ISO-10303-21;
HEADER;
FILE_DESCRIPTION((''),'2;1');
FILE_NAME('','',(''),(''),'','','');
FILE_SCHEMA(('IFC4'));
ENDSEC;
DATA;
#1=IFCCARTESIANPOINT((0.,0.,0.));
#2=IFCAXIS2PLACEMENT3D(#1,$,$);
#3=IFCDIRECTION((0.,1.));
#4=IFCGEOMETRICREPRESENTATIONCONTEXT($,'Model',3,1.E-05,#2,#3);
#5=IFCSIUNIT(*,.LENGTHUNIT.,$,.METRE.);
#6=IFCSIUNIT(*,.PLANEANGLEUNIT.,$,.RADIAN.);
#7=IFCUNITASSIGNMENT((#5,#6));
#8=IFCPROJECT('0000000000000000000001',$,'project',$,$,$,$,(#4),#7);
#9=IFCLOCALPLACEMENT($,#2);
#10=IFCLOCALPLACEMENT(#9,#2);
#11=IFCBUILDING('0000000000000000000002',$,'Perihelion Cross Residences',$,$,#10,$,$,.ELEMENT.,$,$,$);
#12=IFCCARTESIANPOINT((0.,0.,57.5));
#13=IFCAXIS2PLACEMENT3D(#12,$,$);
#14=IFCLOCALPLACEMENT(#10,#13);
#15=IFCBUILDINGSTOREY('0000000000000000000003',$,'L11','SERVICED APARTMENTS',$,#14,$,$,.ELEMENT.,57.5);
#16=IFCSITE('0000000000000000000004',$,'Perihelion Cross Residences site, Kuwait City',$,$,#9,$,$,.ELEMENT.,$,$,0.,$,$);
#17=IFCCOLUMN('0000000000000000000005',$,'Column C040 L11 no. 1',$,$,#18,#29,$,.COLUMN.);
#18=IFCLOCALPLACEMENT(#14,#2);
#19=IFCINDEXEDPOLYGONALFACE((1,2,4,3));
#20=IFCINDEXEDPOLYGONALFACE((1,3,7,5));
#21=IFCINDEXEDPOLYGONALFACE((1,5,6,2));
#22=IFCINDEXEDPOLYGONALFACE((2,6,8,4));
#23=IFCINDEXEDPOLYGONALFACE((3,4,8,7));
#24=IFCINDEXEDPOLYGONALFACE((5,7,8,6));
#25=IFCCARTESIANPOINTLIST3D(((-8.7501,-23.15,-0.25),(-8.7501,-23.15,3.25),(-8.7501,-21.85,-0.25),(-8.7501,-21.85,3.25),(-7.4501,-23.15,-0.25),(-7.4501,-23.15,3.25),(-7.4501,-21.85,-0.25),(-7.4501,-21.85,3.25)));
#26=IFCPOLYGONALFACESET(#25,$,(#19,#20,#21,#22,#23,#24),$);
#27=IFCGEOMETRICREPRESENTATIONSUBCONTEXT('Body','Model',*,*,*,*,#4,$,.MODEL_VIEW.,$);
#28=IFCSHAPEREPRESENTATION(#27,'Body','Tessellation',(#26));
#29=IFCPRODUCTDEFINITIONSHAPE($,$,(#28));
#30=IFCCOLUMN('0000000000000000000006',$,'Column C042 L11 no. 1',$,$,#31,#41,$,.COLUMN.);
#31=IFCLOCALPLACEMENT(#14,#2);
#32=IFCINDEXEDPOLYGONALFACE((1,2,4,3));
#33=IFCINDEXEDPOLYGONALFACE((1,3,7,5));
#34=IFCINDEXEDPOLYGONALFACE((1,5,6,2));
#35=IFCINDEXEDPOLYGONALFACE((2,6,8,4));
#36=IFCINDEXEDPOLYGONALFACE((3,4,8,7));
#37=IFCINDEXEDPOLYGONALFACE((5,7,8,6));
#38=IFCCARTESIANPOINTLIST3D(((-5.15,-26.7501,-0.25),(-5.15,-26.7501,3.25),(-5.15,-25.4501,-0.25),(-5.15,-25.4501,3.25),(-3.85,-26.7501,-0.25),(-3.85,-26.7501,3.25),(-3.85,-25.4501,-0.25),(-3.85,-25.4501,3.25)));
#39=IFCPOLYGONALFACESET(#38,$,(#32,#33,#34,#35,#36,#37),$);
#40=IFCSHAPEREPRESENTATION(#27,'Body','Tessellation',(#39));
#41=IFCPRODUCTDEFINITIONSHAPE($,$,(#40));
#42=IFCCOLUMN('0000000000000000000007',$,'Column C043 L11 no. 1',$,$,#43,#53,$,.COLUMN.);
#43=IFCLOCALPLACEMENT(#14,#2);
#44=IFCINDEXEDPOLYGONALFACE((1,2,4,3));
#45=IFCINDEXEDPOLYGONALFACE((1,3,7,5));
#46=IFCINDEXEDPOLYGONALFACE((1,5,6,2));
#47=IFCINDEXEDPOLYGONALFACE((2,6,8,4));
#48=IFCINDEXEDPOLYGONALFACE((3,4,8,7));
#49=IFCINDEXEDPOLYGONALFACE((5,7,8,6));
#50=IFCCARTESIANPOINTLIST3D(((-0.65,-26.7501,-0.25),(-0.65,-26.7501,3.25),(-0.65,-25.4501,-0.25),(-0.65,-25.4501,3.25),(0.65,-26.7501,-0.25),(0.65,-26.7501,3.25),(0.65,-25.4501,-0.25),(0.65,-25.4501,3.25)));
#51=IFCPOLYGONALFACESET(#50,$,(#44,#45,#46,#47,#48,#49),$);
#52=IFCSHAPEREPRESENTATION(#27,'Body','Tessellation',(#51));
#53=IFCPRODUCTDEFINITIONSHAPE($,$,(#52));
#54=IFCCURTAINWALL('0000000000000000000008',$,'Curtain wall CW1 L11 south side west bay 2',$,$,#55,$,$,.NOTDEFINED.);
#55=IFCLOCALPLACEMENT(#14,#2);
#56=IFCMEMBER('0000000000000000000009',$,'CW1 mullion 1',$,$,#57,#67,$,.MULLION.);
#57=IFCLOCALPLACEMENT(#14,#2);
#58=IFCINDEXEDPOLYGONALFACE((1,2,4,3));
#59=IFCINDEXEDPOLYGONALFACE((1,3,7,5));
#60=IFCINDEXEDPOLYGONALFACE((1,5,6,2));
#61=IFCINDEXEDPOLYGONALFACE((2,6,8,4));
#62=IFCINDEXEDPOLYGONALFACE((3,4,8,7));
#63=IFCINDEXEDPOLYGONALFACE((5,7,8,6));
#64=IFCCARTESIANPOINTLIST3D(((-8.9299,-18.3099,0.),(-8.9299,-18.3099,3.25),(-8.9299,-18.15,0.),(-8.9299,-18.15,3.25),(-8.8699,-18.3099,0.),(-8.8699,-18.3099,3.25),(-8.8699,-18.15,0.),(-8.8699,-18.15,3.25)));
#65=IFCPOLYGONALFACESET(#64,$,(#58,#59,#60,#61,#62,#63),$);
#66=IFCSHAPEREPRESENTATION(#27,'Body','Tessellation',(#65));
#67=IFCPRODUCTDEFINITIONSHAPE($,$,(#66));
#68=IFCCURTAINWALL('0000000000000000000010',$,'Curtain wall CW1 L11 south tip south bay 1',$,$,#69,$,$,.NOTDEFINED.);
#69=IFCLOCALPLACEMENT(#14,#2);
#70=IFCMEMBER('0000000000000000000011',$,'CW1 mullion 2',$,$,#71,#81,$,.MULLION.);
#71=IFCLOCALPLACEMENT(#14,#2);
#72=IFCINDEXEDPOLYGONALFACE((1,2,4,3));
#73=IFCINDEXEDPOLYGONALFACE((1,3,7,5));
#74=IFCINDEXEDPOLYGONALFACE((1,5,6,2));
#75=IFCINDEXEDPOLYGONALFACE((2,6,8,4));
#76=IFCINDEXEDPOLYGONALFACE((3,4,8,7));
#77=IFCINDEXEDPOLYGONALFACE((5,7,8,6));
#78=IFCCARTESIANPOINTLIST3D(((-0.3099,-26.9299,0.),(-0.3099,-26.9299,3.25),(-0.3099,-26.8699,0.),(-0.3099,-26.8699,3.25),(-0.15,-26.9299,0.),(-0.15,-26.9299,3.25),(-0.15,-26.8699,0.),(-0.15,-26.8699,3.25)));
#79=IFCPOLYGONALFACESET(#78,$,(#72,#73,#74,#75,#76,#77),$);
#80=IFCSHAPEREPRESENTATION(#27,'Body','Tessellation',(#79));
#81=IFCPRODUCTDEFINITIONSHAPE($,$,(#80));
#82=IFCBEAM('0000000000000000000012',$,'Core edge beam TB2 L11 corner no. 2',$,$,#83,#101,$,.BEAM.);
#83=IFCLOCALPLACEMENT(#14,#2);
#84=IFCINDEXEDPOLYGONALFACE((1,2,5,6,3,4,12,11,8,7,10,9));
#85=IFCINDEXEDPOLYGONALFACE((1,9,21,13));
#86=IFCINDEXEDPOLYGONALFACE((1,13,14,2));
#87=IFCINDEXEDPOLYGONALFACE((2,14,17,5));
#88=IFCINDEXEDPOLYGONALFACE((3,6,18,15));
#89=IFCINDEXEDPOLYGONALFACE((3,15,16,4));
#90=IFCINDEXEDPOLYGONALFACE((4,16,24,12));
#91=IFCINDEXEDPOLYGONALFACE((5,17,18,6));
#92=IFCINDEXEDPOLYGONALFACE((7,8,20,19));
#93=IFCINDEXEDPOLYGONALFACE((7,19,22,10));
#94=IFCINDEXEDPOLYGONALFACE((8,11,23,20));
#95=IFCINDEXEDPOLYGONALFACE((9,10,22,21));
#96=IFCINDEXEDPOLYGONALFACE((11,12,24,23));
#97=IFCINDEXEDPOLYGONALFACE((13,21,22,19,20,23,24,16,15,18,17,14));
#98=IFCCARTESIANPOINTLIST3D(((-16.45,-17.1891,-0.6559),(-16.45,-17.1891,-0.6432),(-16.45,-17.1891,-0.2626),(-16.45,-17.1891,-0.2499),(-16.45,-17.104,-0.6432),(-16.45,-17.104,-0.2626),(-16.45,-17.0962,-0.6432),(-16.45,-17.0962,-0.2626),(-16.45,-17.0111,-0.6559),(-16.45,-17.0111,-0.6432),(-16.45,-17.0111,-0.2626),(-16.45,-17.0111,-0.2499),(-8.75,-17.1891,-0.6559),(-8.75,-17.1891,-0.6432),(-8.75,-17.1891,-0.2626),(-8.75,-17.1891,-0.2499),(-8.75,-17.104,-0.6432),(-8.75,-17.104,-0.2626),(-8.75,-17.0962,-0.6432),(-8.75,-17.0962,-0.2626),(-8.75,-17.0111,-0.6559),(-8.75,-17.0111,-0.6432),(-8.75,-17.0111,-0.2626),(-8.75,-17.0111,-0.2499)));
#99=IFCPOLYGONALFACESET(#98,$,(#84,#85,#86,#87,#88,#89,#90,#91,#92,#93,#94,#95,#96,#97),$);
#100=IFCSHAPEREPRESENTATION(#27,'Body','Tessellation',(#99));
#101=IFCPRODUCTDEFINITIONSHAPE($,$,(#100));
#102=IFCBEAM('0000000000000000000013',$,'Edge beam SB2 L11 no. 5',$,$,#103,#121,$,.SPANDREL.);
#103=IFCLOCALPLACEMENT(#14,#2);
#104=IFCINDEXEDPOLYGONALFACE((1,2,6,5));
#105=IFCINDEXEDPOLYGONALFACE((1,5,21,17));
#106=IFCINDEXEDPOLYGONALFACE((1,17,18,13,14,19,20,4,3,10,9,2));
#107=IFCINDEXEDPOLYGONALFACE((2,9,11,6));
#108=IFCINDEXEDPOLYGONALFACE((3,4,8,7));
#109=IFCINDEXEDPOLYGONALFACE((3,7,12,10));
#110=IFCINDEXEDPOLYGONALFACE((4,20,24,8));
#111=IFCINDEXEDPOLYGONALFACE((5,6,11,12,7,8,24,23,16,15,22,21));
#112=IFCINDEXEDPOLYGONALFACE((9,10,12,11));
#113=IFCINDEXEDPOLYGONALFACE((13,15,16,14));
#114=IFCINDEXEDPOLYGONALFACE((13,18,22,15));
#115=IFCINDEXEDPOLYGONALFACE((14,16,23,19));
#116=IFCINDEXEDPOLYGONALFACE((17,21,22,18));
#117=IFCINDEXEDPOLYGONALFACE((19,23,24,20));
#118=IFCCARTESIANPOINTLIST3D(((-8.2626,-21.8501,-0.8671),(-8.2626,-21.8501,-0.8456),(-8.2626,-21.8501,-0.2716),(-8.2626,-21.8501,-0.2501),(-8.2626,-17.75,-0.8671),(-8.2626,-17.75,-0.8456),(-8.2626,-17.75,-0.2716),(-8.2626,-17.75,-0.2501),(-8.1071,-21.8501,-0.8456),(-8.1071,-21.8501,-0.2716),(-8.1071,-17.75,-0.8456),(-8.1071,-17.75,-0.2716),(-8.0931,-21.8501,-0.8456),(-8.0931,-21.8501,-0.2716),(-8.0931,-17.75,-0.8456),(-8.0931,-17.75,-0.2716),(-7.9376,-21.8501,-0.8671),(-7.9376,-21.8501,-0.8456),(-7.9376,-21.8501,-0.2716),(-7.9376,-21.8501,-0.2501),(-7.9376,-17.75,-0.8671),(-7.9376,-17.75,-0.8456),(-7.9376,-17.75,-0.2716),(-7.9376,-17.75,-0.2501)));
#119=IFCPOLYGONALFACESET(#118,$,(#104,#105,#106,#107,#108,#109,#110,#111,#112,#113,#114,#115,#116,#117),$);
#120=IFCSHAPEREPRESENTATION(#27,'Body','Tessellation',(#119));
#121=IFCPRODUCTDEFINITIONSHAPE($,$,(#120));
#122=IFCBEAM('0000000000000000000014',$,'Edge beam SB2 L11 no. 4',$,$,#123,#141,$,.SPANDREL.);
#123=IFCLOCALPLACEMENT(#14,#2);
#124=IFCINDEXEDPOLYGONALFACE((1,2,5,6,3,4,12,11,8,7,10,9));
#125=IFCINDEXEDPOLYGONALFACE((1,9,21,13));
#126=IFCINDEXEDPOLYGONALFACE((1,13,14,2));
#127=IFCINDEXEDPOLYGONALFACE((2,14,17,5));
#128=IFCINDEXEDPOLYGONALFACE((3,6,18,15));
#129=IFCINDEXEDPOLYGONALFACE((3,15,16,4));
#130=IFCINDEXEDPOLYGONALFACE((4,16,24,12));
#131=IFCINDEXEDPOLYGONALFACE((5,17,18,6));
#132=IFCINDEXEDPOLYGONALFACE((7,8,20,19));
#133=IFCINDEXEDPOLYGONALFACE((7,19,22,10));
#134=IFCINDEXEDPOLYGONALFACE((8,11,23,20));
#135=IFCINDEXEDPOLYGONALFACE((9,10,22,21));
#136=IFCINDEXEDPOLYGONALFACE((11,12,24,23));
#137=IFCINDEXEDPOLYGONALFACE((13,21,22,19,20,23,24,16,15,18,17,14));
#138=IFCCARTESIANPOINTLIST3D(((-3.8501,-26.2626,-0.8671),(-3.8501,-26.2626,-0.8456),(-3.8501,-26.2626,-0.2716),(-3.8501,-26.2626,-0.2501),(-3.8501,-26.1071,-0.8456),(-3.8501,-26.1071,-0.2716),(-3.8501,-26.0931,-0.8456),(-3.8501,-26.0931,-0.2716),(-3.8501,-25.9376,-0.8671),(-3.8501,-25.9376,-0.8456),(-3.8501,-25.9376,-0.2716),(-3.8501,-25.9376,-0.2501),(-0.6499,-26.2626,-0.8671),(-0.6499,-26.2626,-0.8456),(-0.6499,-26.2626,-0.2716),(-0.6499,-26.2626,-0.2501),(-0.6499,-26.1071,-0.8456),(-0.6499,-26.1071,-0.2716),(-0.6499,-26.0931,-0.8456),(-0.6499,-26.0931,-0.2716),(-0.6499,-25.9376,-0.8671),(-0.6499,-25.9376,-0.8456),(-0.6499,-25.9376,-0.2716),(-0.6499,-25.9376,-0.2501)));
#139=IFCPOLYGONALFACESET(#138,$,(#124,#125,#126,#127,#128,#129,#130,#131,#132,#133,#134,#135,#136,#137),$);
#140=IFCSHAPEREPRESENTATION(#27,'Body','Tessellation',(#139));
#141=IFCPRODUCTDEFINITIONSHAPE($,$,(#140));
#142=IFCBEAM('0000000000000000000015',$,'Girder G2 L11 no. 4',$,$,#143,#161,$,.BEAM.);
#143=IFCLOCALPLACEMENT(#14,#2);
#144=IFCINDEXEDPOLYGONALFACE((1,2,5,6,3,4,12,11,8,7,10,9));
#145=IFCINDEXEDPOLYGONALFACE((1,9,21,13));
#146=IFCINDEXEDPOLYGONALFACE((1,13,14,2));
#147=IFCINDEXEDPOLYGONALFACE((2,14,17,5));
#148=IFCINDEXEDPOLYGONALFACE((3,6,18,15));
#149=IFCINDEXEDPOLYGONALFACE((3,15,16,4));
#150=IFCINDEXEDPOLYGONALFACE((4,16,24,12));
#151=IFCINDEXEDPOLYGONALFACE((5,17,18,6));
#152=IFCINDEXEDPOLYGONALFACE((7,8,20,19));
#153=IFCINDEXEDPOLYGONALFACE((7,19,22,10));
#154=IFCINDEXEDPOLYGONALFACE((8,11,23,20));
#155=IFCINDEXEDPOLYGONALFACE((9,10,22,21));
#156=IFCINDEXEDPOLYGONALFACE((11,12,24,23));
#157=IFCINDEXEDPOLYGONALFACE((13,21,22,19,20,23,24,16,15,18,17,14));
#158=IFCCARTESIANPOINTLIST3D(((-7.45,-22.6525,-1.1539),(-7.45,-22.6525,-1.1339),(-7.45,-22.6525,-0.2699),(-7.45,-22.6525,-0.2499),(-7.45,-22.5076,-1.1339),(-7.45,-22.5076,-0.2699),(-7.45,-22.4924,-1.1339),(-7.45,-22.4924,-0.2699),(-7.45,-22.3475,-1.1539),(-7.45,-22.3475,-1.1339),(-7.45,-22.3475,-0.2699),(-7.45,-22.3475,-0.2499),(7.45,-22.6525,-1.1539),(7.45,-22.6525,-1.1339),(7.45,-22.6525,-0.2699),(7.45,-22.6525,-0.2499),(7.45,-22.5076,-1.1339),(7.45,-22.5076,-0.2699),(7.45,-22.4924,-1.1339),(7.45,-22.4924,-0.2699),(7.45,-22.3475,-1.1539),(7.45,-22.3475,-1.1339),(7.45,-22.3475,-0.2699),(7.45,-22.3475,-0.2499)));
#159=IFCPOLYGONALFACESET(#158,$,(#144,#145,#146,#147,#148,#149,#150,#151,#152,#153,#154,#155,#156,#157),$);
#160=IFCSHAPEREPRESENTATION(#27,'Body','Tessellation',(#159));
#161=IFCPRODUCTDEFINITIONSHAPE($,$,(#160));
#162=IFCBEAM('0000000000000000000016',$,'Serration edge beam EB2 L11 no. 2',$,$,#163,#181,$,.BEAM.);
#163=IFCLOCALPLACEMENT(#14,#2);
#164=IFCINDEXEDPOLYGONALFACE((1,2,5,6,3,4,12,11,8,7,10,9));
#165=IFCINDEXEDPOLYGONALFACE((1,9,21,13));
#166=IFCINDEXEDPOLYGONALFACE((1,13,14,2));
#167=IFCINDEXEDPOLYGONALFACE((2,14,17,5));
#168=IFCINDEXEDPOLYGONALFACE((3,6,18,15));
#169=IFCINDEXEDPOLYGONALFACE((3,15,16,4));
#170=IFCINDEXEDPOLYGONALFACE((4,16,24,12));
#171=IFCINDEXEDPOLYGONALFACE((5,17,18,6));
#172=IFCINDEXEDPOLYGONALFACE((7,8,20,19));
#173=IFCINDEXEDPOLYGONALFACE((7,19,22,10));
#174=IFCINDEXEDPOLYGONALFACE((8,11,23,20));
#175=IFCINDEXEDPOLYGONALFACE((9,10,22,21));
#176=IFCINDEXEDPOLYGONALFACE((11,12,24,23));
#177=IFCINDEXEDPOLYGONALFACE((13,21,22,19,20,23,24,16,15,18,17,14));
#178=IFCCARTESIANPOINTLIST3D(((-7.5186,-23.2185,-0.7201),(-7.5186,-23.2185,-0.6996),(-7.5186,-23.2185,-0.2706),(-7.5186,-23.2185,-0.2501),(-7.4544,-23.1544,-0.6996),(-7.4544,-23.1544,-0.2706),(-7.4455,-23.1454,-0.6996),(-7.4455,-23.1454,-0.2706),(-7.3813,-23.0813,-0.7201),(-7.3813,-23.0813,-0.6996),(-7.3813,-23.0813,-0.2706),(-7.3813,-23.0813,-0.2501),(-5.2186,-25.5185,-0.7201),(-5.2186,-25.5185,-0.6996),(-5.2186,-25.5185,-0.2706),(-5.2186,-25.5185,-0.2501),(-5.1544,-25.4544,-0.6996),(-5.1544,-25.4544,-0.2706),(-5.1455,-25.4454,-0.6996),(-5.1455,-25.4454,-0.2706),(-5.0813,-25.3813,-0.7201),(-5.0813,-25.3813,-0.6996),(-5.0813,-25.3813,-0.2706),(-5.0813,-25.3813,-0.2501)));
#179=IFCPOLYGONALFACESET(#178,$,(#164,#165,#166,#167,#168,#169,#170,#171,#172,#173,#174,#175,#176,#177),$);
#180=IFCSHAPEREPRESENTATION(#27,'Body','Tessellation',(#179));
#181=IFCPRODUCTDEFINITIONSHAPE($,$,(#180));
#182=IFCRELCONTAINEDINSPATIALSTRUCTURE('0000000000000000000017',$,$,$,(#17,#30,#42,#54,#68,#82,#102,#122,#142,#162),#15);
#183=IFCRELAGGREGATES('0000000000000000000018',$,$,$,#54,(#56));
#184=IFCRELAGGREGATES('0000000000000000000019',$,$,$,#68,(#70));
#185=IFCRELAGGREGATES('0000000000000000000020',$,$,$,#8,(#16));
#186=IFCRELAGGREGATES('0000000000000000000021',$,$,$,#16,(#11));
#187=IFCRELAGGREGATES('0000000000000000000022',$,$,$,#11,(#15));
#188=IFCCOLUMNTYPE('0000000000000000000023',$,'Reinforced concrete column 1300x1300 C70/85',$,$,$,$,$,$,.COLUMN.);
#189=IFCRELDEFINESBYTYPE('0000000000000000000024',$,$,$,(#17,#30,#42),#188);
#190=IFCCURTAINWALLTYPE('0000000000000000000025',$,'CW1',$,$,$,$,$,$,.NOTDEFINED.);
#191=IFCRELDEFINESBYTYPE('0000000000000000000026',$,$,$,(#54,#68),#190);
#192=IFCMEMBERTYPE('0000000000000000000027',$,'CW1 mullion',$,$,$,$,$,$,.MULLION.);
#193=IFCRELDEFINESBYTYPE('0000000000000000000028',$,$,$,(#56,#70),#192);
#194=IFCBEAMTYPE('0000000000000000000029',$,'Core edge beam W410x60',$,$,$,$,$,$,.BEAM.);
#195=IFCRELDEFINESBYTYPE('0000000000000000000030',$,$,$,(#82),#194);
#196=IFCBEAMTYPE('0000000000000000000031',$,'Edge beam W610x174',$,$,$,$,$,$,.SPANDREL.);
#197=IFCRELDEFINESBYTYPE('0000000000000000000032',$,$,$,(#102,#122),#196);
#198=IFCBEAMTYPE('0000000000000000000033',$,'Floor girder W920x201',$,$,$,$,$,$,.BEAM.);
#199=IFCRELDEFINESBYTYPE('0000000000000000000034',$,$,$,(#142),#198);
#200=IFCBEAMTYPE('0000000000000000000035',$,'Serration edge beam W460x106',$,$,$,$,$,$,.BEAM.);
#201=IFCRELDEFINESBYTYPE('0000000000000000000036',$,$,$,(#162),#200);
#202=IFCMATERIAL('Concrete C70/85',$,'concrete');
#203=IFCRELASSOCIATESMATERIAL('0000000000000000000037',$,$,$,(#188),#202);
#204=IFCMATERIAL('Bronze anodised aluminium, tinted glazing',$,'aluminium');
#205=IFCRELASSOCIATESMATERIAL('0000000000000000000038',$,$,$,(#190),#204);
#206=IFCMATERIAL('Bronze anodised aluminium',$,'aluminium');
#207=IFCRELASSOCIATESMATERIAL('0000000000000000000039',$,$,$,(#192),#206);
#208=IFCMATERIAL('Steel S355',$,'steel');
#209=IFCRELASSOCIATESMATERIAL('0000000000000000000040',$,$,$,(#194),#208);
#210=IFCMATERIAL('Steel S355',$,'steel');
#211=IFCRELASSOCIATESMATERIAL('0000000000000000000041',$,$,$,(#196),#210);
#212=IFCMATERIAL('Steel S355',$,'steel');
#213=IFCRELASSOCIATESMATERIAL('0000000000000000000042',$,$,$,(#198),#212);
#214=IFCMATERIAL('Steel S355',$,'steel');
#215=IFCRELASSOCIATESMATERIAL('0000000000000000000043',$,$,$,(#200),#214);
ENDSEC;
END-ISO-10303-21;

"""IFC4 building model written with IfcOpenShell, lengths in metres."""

from ifc_helpers import new_model, si_unit, direction, frame, origin, origin_2d, place, context, subcontext, project, spatial, rectangle, i_section, extrude, material, material_profile, profile_set, type_object, element, aggregate, save


model = new_model("IFC4")

# Units and contexts
model_context = context("Model", 3, precision=1e-05, world=origin(), true_north=direction((0.0, 1.0)))
body_context = subcontext(model_context, "Body", "Model", "MODEL_VIEW")
ifc_project = project(units=[si_unit("LENGTHUNIT", "METRE"), si_unit("PLANEANGLEUNIT", "RADIAN")], contexts=[model_context])

# Site, building, storey
site_placement = place(None, origin())
site = spatial("IfcSite", under=ifc_project, at=site_placement, Name="Perihelion Cross Residences site, Kuwait City", CompositionType="ELEMENT", RefElevation=0.0)
building_placement = place(site_placement, origin())
building = spatial("IfcBuilding", under=site, at=building_placement, Name="Perihelion Cross Residences", CompositionType="ELEMENT")
storey_placement = place(building_placement, frame((0.0, 0.0, 57.5)))
storey = spatial("IfcBuildingStorey", under=building, at=storey_placement, Name="L11", Description="SERVICED APARTMENTS", CompositionType="ELEMENT", Elevation=57.5)

# Columns
ifc_material_1 = material(Name="Concrete C70/85", Category="concrete")
ifc_material_profile_1 = material_profile(ifc_material_1, rectangle(XDim=1.3, YDim=1.3, at=origin_2d()), Name="RC 1300x1300")
ifc_profile_set_1 = profile_set([ifc_material_profile_1], Name="Concrete C70/85")
column_type = type_object("IfcColumnType", Name="Reinforced concrete column 1300x1300 C70/85", PredefinedType="COLUMN", material=ifc_profile_set_1)
for number, where, z_axis, x_axis, name in (
    (1, (-8.1001, -22.5, -0.25), (0.0, 0.0, 1.0), (1.0, 0.0, 0.0), "Column C040 L11 no. 1"),
    (2, (-4.5, -26.1001, -0.25), (0.0, 0.0, 1.0), (1.0, 0.0, 0.0), "Column C042 L11 no. 1"),
    (3, (0.0, -26.1001, -0.25), (0.0, 0.0, 1.0), (1.0, 0.0, 0.0), "Column C043 L11 no. 1"),
):
    element("IfcColumn", number, at=place(storey_placement, frame(where, z_axis=z_axis, x_axis=x_axis)), inside=storey, type_object=column_type, Name=name, PredefinedType="COLUMN", context=body_context, shape_type="SweptSolid", body=[
        extrude(rectangle(XDim=1.3, YDim=1.3, at=origin_2d()), origin(), (0.0, 0.0, 1.0), 3.5),
    ])

# Curtain walls, members
ifc_material_2 = material(Name="Bronze anodised aluminium, tinted glazing", Category="aluminium")
curtain_wall_type = type_object("IfcCurtainWallType", Name="CW1", PredefinedType="NOTDEFINED", material=ifc_material_2)
curtain_wall_1_placement = place(storey_placement, origin())
curtain_wall_1 = element("IfcCurtainWall", 4, at=curtain_wall_1_placement, inside=storey, type_object=curtain_wall_type, Name="Curtain wall CW1 L11 south side west bay 2", PredefinedType="NOTDEFINED")
ifc_material_3 = material(Name="Bronze anodised aluminium", Category="aluminium")
ifc_material_profile_2 = material_profile(ifc_material_3, rectangle(XDim=0.0601, YDim=0.1599, at=origin_2d()), Name="CW1 mullion")
ifc_profile_set_2 = profile_set([ifc_material_profile_2], Name="Bronze anodised aluminium")
member_type = type_object("IfcMemberType", Name="CW1 mullion", PredefinedType="MULLION", material=ifc_profile_set_2)
member_1_placement = place(storey_placement, frame((-8.8999, -18.23, 0.0), z_axis=(0.0, 0.0, 1.0), x_axis=(1.0, 0.0, 0.0)))
member_1 = element("IfcMember", 5, at=member_1_placement, type_object=member_type, Name="CW1 mullion 1", PredefinedType="MULLION", context=body_context, shape_type="SweptSolid", body=[
    extrude(rectangle(XDim=0.0601, YDim=0.1599, at=origin_2d()), origin(), (0.0, 0.0, 1.0), 3.25),
])
curtain_wall_2_placement = place(storey_placement, origin())
curtain_wall_2 = element("IfcCurtainWall", 6, at=curtain_wall_2_placement, inside=storey, type_object=curtain_wall_type, Name="Curtain wall CW1 L11 south tip south bay 1", PredefinedType="NOTDEFINED")
member_2_placement = place(storey_placement, frame((-0.23, -26.8999, 0.0), z_axis=(0.0, 0.0, 1.0), x_axis=(0.0, 1.0, 0.0)))
member_2 = element("IfcMember", 7, at=member_2_placement, type_object=member_type, Name="CW1 mullion 2", PredefinedType="MULLION", context=body_context, shape_type="SweptSolid", body=[
    extrude(rectangle(XDim=0.0601, YDim=0.1599, at=origin_2d()), origin(), (0.0, 0.0, 1.0), 3.25),
])

# Beams
ifc_material_4 = material(Name="Steel S355", Category="steel")
ifc_material_profile_3 = material_profile(ifc_material_4, i_section(OverallWidth=0.178, OverallDepth=0.406, WebThickness=0.0078, FlangeThickness=0.0127, at=origin_2d()), Name="W410x60")
ifc_profile_set_3 = profile_set([ifc_material_profile_3], Name="Steel S355")
beam_type_1 = type_object("IfcBeamType", Name="Core edge beam W410x60", PredefinedType="BEAM", material=ifc_profile_set_3)
beam_1_placement = place(storey_placement, frame((-8.75, -17.1001, -0.4529), z_axis=(-1.0, 0.0, 0.0), x_axis=(0.0, -1.0, 0.0)))
element("IfcBeam", 8, at=beam_1_placement, inside=storey, type_object=beam_type_1, Name="Core edge beam TB2 L11 corner no. 2", PredefinedType="BEAM", context=body_context, shape_type="SweptSolid", body=[
    extrude(i_section(OverallWidth=0.178, OverallDepth=0.406, WebThickness=0.0078, FlangeThickness=0.0127, at=origin_2d()), origin(), (0.0, 0.0, 1.0), 7.7),
])
ifc_material_5 = material(Name="Steel S355", Category="steel")
ifc_material_profile_4 = material_profile(ifc_material_5, i_section(OverallWidth=0.325, OverallDepth=0.6169, WebThickness=0.0139, FlangeThickness=0.0215, at=origin_2d()), Name="W610x174")
ifc_profile_set_4 = profile_set([ifc_material_profile_4], Name="Steel S355")
beam_type_2 = type_object("IfcBeamType", Name="Edge beam W610x174", PredefinedType="SPANDREL", material=ifc_profile_set_4)
beam_2_placement = place(storey_placement, frame((-8.1001, -17.75, -0.5586), z_axis=(0.0, -1.0, 0.0), x_axis=(1.0, 0.0, 0.0)))
element("IfcBeam", 9, at=beam_2_placement, inside=storey, type_object=beam_type_2, Name="Edge beam SB2 L11 no. 5", PredefinedType="SPANDREL", context=body_context, shape_type="SweptSolid", body=[
    extrude(i_section(OverallWidth=0.325, OverallDepth=0.6169, WebThickness=0.0139, FlangeThickness=0.0215, at=origin_2d()), origin(), (0.0, 0.0, 1.0), 4.1001),
])
beam_3_placement = place(storey_placement, frame((-3.8501, -26.1001, -0.5586), z_axis=(1.0, 0.0, 0.0), x_axis=(0.0, 1.0, 0.0)))
element("IfcBeam", 10, at=beam_3_placement, inside=storey, type_object=beam_type_2, Name="Edge beam SB2 L11 no. 4", PredefinedType="SPANDREL", context=body_context, shape_type="SweptSolid", body=[
    extrude(i_section(OverallWidth=0.325, OverallDepth=0.6169, WebThickness=0.0139, FlangeThickness=0.0215, at=origin_2d()), origin(), (0.0, 0.0, 1.0), 3.2002),
])
ifc_material_6 = material(Name="Steel S355", Category="steel")
ifc_material_profile_5 = material_profile(ifc_material_6, i_section(OverallWidth=0.3049, OverallDepth=0.9041, WebThickness=0.0151, FlangeThickness=0.02, at=origin_2d()), Name="W920x201")
ifc_profile_set_5 = profile_set([ifc_material_profile_5], Name="Steel S355")
beam_type_3 = type_object("IfcBeamType", Name="Floor girder W920x201", PredefinedType="BEAM", material=ifc_profile_set_5)
beam_4_placement = place(storey_placement, frame((-7.45, -22.5, -0.7019), z_axis=(1.0, 0.0, 0.0), x_axis=(0.0, 1.0, 0.0)))
element("IfcBeam", 11, at=beam_4_placement, inside=storey, type_object=beam_type_3, Name="Girder G2 L11 no. 4", PredefinedType="BEAM", context=body_context, shape_type="SweptSolid", body=[
    extrude(i_section(OverallWidth=0.3049, OverallDepth=0.9041, WebThickness=0.0151, FlangeThickness=0.02, at=origin_2d()), origin(), (0.0, 0.0, 1.0), 14.8999),
])
ifc_material_7 = material(Name="Steel S355", Category="steel")
ifc_material_profile_6 = material_profile(ifc_material_7, i_section(OverallWidth=0.1941, OverallDepth=0.47, WebThickness=0.0127, FlangeThickness=0.0205, at=origin_2d()), Name="W460x106")
ifc_profile_set_6 = profile_set([ifc_material_profile_6], Name="Steel S355")
beam_type_4 = type_object("IfcBeamType", Name="Serration edge beam W460x106", PredefinedType="BEAM", material=ifc_profile_set_6)
beam_5_placement = place(storey_placement, frame((-7.45, -23.1499, -0.4851), z_axis=(0.707107, -0.707107, 0.0), x_axis=(0.707107, 0.707107, 0.0)))
element("IfcBeam", 12, at=beam_5_placement, inside=storey, type_object=beam_type_4, Name="Serration edge beam EB2 L11 no. 2", PredefinedType="BEAM", context=body_context, shape_type="SweptSolid", body=[
    extrude(i_section(OverallWidth=0.1941, OverallDepth=0.47, WebThickness=0.0127, FlangeThickness=0.0205, at=origin_2d()), origin(), (0.0, 0.0, 1.0), 3.2527),
])

aggregate(curtain_wall_1, [member_1])
aggregate(curtain_wall_2, [member_2])

save(model, "model.ifc")
